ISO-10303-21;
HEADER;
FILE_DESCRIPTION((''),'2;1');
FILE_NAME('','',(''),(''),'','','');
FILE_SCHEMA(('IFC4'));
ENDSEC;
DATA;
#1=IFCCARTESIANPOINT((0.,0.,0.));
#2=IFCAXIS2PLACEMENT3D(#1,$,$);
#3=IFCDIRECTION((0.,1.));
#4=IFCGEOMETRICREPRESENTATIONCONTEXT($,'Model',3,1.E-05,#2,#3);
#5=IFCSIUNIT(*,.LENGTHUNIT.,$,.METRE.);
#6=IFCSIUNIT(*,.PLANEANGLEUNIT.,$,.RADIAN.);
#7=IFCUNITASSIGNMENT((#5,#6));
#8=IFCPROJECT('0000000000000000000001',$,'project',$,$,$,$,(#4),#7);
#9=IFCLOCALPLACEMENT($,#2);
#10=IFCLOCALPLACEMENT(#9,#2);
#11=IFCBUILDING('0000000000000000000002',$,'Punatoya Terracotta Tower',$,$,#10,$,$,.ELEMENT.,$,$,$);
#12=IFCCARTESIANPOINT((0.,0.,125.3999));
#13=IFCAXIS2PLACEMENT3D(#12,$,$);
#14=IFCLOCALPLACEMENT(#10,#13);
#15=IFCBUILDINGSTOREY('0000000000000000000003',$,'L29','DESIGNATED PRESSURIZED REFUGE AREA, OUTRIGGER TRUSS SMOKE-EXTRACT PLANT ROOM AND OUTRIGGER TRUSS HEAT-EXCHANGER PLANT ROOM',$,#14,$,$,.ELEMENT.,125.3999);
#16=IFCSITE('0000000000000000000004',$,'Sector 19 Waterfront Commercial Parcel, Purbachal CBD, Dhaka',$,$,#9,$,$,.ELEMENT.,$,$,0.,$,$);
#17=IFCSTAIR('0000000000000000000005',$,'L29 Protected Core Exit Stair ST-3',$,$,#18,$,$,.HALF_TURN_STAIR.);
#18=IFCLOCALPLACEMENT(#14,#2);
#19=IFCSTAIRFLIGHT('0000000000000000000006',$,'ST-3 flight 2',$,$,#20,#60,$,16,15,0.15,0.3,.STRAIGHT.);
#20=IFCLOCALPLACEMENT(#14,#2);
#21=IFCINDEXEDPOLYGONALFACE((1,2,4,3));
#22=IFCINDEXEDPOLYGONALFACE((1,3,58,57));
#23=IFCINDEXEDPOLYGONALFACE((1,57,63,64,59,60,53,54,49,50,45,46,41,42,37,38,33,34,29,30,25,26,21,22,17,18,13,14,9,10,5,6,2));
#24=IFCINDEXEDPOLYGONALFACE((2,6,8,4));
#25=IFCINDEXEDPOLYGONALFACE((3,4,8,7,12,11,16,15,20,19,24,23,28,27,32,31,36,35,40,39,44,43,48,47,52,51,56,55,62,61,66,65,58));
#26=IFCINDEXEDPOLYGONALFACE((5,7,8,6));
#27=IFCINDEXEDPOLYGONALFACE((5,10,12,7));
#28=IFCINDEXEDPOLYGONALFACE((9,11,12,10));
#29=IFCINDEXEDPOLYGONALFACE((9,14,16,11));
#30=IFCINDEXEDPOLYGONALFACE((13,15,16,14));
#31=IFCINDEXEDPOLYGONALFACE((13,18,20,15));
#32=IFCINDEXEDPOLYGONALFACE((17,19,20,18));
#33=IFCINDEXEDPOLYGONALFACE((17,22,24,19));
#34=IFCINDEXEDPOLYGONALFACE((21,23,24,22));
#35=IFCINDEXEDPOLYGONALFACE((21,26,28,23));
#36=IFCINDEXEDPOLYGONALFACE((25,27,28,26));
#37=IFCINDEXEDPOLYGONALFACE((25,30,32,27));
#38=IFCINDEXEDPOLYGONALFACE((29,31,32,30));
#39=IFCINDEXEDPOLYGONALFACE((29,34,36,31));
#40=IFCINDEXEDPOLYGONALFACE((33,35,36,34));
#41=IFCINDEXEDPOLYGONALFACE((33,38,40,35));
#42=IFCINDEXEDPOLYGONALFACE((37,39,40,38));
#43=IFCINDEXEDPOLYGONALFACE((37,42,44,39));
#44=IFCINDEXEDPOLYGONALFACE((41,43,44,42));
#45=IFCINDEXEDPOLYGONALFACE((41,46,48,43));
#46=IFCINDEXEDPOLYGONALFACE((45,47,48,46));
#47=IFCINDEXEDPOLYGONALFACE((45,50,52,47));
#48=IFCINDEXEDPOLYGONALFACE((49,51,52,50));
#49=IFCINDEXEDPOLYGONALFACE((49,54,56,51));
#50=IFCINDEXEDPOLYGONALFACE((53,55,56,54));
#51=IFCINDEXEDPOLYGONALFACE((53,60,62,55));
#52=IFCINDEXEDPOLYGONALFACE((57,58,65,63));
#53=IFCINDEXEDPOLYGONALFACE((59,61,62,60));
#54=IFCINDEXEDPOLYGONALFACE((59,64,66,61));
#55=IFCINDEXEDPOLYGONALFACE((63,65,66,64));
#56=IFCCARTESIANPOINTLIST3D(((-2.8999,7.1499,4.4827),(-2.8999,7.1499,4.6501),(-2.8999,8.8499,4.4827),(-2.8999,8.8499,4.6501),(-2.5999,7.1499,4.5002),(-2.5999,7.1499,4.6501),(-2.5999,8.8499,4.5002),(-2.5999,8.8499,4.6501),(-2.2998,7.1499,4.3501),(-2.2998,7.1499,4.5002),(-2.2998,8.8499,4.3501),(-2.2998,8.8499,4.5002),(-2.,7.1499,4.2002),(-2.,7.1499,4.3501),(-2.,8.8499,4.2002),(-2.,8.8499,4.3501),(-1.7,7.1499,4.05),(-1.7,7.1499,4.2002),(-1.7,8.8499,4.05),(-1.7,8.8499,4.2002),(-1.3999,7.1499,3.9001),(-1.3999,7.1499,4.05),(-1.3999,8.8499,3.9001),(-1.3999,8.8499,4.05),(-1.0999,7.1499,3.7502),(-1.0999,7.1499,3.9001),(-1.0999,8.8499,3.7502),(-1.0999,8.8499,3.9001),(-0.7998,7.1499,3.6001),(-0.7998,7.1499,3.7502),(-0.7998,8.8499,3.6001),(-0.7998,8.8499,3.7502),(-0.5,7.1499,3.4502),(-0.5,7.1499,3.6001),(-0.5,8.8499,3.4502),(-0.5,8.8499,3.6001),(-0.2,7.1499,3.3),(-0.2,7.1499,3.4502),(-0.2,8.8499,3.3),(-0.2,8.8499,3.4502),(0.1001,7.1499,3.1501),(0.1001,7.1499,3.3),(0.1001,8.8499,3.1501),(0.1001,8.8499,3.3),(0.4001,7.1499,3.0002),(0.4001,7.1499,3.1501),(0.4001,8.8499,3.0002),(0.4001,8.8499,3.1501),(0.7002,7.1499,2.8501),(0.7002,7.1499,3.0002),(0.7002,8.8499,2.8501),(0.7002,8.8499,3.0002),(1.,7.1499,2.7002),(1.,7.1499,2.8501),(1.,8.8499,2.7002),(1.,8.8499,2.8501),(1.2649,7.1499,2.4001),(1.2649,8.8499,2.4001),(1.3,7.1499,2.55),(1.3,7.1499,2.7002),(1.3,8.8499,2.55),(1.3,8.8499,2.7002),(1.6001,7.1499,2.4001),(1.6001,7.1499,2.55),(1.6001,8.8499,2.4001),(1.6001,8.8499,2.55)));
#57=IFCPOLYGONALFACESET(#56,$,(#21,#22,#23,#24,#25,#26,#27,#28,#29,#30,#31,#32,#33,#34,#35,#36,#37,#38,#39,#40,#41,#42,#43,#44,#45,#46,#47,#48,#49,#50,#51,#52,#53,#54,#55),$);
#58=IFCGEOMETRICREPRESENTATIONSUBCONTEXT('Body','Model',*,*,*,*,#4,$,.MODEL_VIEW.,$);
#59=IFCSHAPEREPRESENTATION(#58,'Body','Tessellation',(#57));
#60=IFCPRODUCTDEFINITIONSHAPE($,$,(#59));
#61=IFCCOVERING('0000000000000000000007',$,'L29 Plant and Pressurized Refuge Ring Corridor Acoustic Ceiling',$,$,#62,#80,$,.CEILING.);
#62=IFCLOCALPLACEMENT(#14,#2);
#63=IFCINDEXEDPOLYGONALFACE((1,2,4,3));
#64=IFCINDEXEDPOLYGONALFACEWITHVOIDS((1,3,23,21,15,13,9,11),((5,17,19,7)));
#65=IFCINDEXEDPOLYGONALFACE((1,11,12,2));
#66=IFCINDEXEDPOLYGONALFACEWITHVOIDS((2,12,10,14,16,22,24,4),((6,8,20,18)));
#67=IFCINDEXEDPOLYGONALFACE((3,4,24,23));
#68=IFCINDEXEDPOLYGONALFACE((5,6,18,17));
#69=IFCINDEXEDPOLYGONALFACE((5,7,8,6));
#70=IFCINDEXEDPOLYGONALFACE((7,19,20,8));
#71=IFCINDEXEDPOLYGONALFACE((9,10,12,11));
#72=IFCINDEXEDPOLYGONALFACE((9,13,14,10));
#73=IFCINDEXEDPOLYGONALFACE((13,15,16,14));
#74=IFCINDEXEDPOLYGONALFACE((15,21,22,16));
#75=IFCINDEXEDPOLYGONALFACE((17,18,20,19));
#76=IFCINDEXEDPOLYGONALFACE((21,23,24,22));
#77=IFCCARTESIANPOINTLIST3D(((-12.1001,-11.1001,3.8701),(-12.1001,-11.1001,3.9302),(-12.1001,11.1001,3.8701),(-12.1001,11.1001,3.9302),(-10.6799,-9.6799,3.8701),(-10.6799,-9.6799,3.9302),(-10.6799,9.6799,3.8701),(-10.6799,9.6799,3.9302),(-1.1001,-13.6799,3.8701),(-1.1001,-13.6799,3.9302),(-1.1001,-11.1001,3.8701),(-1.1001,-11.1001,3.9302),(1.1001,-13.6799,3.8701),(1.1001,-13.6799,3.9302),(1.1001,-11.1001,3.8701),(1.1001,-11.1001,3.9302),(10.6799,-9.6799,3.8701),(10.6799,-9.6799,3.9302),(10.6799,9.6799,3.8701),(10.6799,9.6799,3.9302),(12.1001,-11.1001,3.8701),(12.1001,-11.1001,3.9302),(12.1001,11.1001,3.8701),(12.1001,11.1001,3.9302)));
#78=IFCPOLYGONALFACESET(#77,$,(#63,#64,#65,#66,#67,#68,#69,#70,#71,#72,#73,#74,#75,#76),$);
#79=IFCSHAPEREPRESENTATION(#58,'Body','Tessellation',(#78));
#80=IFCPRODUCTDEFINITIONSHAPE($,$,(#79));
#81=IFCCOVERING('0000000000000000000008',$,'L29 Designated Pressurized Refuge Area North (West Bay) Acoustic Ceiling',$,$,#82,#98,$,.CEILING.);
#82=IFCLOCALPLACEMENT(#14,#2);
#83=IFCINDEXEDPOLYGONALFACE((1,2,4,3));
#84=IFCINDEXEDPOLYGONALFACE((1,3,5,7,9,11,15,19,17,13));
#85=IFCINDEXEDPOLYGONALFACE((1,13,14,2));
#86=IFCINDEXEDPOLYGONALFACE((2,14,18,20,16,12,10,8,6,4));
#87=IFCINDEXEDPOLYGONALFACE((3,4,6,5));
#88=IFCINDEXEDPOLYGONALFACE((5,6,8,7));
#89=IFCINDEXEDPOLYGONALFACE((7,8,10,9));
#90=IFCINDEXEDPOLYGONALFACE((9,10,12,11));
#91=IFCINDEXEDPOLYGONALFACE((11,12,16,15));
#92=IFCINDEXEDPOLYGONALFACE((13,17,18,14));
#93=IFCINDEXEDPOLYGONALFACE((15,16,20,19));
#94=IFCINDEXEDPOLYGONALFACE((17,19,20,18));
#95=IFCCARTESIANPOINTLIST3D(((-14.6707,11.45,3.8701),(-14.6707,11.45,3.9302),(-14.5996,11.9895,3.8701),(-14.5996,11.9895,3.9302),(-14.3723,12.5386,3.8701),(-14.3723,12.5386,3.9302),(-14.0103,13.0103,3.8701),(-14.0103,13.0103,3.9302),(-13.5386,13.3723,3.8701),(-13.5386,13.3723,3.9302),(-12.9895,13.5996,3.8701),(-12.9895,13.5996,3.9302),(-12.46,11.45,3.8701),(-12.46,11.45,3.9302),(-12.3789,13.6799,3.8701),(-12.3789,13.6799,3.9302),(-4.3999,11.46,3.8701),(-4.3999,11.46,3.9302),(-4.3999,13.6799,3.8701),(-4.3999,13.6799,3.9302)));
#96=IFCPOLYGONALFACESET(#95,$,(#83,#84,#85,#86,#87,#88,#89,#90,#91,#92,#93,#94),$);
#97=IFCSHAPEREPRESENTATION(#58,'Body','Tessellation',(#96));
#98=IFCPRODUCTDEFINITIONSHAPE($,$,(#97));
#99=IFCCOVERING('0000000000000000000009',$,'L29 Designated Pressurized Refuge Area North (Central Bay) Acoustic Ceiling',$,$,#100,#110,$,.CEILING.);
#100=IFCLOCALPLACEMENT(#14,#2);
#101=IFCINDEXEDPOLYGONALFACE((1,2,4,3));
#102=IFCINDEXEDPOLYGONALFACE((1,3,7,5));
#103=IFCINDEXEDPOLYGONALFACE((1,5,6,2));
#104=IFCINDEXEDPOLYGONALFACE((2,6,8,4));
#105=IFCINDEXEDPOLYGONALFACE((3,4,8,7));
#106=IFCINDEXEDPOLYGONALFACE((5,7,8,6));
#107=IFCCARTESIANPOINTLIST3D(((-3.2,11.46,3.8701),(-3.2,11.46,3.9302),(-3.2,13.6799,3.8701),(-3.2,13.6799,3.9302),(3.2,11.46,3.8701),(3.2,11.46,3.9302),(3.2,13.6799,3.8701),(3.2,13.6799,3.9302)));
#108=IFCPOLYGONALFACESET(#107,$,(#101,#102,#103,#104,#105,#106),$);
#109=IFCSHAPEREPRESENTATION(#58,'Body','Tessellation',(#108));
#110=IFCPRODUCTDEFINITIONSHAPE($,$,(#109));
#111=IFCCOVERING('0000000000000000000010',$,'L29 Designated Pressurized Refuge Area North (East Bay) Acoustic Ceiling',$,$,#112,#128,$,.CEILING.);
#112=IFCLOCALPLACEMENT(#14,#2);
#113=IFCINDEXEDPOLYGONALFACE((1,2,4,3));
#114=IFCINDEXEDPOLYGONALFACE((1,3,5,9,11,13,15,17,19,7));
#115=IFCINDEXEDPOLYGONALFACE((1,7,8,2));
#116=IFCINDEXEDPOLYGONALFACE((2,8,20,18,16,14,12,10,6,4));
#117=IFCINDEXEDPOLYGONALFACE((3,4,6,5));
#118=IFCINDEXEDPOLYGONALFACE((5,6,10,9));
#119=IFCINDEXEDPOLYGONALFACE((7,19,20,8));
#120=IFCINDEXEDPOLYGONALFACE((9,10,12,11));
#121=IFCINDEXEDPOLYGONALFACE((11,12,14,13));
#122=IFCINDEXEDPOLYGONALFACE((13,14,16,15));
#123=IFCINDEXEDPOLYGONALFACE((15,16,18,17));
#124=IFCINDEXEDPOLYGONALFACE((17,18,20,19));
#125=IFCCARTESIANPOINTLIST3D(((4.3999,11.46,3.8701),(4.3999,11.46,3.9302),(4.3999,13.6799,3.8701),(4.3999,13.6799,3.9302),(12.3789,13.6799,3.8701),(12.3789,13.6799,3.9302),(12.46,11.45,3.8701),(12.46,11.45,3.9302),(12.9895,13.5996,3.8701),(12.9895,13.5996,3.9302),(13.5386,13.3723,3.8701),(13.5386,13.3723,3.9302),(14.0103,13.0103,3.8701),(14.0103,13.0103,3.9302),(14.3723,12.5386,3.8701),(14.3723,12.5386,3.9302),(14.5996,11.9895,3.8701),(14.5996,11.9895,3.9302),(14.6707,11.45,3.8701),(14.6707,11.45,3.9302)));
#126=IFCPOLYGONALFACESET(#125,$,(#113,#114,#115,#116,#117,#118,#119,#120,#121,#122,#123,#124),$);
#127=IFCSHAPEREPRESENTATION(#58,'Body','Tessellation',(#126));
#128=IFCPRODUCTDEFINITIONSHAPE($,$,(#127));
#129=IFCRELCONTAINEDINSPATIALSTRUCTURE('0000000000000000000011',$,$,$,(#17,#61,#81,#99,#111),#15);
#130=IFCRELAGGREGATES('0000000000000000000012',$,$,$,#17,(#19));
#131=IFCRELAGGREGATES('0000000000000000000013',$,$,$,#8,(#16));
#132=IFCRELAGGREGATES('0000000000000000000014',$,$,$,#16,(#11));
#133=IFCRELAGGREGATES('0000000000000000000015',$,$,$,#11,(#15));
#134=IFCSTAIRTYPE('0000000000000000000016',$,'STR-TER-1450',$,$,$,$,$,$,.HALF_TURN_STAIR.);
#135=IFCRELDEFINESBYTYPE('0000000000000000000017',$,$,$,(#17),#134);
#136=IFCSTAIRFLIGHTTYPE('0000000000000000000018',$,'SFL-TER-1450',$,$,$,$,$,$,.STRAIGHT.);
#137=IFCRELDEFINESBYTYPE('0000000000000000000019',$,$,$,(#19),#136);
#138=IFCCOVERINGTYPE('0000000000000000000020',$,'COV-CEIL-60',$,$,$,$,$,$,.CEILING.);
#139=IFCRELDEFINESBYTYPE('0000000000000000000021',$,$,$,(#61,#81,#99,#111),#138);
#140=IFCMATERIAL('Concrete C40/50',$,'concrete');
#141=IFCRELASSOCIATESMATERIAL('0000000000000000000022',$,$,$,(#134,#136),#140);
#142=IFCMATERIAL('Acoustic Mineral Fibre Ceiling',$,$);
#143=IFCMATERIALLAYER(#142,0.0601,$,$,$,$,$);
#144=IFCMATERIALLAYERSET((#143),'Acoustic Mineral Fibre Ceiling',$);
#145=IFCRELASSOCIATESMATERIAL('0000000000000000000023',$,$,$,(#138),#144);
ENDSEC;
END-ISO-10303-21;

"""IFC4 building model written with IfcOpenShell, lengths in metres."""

from ifc_helpers import new_model, si_unit, direction, frame, origin, place, context, subcontext, project, spatial, polyline, outline, extrude, material, layer, layer_set, type_object, element, aggregate, save


model = new_model("IFC4")

# Units and contexts
model_context = context("Model", 3, precision=1e-05, world=origin(), true_north=direction((0.0, 1.0)))
body_context = subcontext(model_context, "Body", "Model", "MODEL_VIEW")
ifc_project = project(units=[si_unit("LENGTHUNIT", "METRE"), si_unit("PLANEANGLEUNIT", "RADIAN")], contexts=[model_context])

# Site, building, storey
site_placement = place(None, origin())
site = spatial("IfcSite", under=ifc_project, at=site_placement, Name="Sector 19 Waterfront Commercial Parcel, Purbachal CBD, Dhaka", CompositionType="ELEMENT", RefElevation=0.0)
building_placement = place(site_placement, origin())
building = spatial("IfcBuilding", under=site, at=building_placement, Name="Punatoya Terracotta Tower", CompositionType="ELEMENT")
storey_placement = place(building_placement, frame((0.0, 0.0, 125.3999)))
storey = spatial("IfcBuildingStorey", under=building, at=storey_placement, Name="L29", Description="DESIGNATED PRESSURIZED REFUGE AREA, OUTRIGGER TRUSS SMOKE-EXTRACT PLANT ROOM AND OUTRIGGER TRUSS HEAT-EXCHANGER PLANT ROOM", CompositionType="ELEMENT", Elevation=125.3999)

# Stair
ifc_material_1 = material(Name="Concrete C40/50", Category="concrete")
stair_type_1 = type_object("IfcStairType", Name="STR-TER-1450", PredefinedType="HALF_TURN_STAIR", material=ifc_material_1)
stair_1_placement = place(storey_placement, origin())
stair_1 = element("IfcStair", 1, at=stair_1_placement, inside=storey, type_object=stair_type_1, Name="L29 Protected Core Exit Stair ST-3", PredefinedType="HALF_TURN_STAIR")

# Stair flight
stair_flight_type = type_object("IfcStairFlightType", Name="SFL-TER-1450", PredefinedType="STRAIGHT", material=ifc_material_1)
stair_flight_placement = place(storey_placement, frame((1.6001, 8.0, 2.4001), z_axis=(0.0, 0.0, 1.0), x_axis=(-1.0, 0.0, 0.0)))
stair_flight = element("IfcStairFlight", 2, at=stair_flight_placement, type_object=stair_flight_type, Name="ST-3 flight 2", NumberOfRisers=16, NumberOfTreads=15, PredefinedType="STRAIGHT", RiserHeight=0.15, TreadLength=0.3, context=body_context, shape_type="SweptSolid", body=[
    extrude(outline(polyline([(0.0, 0.0), (0.0, 0.1499), (0.3, 0.1499), (0.3, 0.3), (0.6001, 0.3), (0.6001, 0.45), (0.8999, 0.45), (0.8999, 0.6001), (1.2, 0.6001), (1.2, 0.75), (1.5, 0.75), (1.5, 0.8999), (1.8, 0.8999), (1.8, 1.05), (2.1001, 1.05), (2.1001, 1.2), (2.3999, 1.2), (2.3999, 1.3501), (2.7, 1.3501), (2.7, 1.5), (3.0, 1.5), (3.0, 1.6499), (3.3, 1.6499), (3.3, 1.8), (3.6001, 1.8), (3.6001, 1.95), (3.8999, 1.95), (3.8999, 2.1001), (4.2, 2.1001), (4.2, 2.25), (4.5, 2.25), (4.5, 2.3999), (4.5, 2.0825), (0.3352, 0.0), (0.0, 0.0)])), frame((0.0, 0.8501, 0.0), z_axis=(0.0, -1.0, 0.0), x_axis=(1.0, 0.0, 0.0)), (0.0, 0.0, 1.0), 1.7),
])
aggregate(stair_1, [stair_flight])

# Coverings
ifc_material_2 = material(Name="Acoustic Mineral Fibre Ceiling")
ifc_layer_1 = layer(ifc_material_2, 0.0601)
ifc_layer_set_1 = layer_set([ifc_layer_1], Name="Acoustic Mineral Fibre Ceiling")
covering_type = type_object("IfcCoveringType", Name="COV-CEIL-60", PredefinedType="CEILING", material=ifc_layer_set_1)
covering_1_placement = place(storey_placement, frame((0.0, 0.0, 3.8701)))
element("IfcCovering", 3, at=covering_1_placement, inside=storey, type_object=covering_type, Name="L29 Plant and Pressurized Refuge Ring Corridor Acoustic Ceiling", PredefinedType="CEILING", context=body_context, shape_type="SweptSolid", body=[
    extrude(outline(polyline([(12.1001, -11.1001), (12.1001, 11.1001), (-12.1001, 11.1001), (-12.1001, -11.1001), (-1.1001, -11.1001), (-1.1001, -13.6799), (1.1001, -13.6799), (1.1001, -11.1001), (12.1001, -11.1001)]), holes=[polyline([(10.6799, -9.6799), (-10.6799, -9.6799), (-10.6799, 9.6799), (10.6799, 9.6799), (10.6799, -9.6799)])]), origin(), (0.0, 0.0, 1.0), 0.0601),
])
covering_2_placement = place(storey_placement, frame((0.0, 0.0, 3.8701)))
element("IfcCovering", 4, at=covering_2_placement, inside=storey, type_object=covering_type, Name="L29 Designated Pressurized Refuge Area North (West Bay) Acoustic Ceiling", PredefinedType="CEILING", context=body_context, shape_type="SweptSolid", body=[
    extrude(outline(polyline([(-14.5996, 11.9895), (-14.6707, 11.45), (-12.46, 11.45), (-4.3999, 11.46), (-4.3999, 13.6799), (-12.3789, 13.6799), (-12.9895, 13.5996), (-13.5386, 13.3723), (-14.0103, 13.0103), (-14.3723, 12.5386), (-14.5996, 11.9895)])), origin(), (0.0, 0.0, 1.0), 0.0601),
])
covering_3_placement = place(storey_placement, frame((0.0, 0.0, 3.8701)))
element("IfcCovering", 5, at=covering_3_placement, inside=storey, type_object=covering_type, Name="L29 Designated Pressurized Refuge Area North (Central Bay) Acoustic Ceiling", PredefinedType="CEILING", context=body_context, shape_type="SweptSolid", body=[
    extrude(outline(polyline([(3.2, 11.46), (3.2, 13.6799), (-3.2, 13.6799), (-3.2, 11.46), (3.2, 11.46)])), origin(), (0.0, 0.0, 1.0), 0.0601),
])
covering_4_placement = place(storey_placement, frame((0.0, 0.0, 3.8701)))
element("IfcCovering", 6, at=covering_4_placement, inside=storey, type_object=covering_type, Name="L29 Designated Pressurized Refuge Area North (East Bay) Acoustic Ceiling", PredefinedType="CEILING", context=body_context, shape_type="SweptSolid", body=[
    extrude(outline(polyline([(12.46, 11.45), (14.6707, 11.45), (14.5996, 11.9895), (14.3723, 12.5386), (14.0103, 13.0103), (13.5386, 13.3723), (12.9895, 13.5996), (12.3789, 13.6799), (4.3999, 13.6799), (4.3999, 11.46), (12.46, 11.45)])), origin(), (0.0, 0.0, 1.0), 0.0601),
])

save(model, "model.ifc")
